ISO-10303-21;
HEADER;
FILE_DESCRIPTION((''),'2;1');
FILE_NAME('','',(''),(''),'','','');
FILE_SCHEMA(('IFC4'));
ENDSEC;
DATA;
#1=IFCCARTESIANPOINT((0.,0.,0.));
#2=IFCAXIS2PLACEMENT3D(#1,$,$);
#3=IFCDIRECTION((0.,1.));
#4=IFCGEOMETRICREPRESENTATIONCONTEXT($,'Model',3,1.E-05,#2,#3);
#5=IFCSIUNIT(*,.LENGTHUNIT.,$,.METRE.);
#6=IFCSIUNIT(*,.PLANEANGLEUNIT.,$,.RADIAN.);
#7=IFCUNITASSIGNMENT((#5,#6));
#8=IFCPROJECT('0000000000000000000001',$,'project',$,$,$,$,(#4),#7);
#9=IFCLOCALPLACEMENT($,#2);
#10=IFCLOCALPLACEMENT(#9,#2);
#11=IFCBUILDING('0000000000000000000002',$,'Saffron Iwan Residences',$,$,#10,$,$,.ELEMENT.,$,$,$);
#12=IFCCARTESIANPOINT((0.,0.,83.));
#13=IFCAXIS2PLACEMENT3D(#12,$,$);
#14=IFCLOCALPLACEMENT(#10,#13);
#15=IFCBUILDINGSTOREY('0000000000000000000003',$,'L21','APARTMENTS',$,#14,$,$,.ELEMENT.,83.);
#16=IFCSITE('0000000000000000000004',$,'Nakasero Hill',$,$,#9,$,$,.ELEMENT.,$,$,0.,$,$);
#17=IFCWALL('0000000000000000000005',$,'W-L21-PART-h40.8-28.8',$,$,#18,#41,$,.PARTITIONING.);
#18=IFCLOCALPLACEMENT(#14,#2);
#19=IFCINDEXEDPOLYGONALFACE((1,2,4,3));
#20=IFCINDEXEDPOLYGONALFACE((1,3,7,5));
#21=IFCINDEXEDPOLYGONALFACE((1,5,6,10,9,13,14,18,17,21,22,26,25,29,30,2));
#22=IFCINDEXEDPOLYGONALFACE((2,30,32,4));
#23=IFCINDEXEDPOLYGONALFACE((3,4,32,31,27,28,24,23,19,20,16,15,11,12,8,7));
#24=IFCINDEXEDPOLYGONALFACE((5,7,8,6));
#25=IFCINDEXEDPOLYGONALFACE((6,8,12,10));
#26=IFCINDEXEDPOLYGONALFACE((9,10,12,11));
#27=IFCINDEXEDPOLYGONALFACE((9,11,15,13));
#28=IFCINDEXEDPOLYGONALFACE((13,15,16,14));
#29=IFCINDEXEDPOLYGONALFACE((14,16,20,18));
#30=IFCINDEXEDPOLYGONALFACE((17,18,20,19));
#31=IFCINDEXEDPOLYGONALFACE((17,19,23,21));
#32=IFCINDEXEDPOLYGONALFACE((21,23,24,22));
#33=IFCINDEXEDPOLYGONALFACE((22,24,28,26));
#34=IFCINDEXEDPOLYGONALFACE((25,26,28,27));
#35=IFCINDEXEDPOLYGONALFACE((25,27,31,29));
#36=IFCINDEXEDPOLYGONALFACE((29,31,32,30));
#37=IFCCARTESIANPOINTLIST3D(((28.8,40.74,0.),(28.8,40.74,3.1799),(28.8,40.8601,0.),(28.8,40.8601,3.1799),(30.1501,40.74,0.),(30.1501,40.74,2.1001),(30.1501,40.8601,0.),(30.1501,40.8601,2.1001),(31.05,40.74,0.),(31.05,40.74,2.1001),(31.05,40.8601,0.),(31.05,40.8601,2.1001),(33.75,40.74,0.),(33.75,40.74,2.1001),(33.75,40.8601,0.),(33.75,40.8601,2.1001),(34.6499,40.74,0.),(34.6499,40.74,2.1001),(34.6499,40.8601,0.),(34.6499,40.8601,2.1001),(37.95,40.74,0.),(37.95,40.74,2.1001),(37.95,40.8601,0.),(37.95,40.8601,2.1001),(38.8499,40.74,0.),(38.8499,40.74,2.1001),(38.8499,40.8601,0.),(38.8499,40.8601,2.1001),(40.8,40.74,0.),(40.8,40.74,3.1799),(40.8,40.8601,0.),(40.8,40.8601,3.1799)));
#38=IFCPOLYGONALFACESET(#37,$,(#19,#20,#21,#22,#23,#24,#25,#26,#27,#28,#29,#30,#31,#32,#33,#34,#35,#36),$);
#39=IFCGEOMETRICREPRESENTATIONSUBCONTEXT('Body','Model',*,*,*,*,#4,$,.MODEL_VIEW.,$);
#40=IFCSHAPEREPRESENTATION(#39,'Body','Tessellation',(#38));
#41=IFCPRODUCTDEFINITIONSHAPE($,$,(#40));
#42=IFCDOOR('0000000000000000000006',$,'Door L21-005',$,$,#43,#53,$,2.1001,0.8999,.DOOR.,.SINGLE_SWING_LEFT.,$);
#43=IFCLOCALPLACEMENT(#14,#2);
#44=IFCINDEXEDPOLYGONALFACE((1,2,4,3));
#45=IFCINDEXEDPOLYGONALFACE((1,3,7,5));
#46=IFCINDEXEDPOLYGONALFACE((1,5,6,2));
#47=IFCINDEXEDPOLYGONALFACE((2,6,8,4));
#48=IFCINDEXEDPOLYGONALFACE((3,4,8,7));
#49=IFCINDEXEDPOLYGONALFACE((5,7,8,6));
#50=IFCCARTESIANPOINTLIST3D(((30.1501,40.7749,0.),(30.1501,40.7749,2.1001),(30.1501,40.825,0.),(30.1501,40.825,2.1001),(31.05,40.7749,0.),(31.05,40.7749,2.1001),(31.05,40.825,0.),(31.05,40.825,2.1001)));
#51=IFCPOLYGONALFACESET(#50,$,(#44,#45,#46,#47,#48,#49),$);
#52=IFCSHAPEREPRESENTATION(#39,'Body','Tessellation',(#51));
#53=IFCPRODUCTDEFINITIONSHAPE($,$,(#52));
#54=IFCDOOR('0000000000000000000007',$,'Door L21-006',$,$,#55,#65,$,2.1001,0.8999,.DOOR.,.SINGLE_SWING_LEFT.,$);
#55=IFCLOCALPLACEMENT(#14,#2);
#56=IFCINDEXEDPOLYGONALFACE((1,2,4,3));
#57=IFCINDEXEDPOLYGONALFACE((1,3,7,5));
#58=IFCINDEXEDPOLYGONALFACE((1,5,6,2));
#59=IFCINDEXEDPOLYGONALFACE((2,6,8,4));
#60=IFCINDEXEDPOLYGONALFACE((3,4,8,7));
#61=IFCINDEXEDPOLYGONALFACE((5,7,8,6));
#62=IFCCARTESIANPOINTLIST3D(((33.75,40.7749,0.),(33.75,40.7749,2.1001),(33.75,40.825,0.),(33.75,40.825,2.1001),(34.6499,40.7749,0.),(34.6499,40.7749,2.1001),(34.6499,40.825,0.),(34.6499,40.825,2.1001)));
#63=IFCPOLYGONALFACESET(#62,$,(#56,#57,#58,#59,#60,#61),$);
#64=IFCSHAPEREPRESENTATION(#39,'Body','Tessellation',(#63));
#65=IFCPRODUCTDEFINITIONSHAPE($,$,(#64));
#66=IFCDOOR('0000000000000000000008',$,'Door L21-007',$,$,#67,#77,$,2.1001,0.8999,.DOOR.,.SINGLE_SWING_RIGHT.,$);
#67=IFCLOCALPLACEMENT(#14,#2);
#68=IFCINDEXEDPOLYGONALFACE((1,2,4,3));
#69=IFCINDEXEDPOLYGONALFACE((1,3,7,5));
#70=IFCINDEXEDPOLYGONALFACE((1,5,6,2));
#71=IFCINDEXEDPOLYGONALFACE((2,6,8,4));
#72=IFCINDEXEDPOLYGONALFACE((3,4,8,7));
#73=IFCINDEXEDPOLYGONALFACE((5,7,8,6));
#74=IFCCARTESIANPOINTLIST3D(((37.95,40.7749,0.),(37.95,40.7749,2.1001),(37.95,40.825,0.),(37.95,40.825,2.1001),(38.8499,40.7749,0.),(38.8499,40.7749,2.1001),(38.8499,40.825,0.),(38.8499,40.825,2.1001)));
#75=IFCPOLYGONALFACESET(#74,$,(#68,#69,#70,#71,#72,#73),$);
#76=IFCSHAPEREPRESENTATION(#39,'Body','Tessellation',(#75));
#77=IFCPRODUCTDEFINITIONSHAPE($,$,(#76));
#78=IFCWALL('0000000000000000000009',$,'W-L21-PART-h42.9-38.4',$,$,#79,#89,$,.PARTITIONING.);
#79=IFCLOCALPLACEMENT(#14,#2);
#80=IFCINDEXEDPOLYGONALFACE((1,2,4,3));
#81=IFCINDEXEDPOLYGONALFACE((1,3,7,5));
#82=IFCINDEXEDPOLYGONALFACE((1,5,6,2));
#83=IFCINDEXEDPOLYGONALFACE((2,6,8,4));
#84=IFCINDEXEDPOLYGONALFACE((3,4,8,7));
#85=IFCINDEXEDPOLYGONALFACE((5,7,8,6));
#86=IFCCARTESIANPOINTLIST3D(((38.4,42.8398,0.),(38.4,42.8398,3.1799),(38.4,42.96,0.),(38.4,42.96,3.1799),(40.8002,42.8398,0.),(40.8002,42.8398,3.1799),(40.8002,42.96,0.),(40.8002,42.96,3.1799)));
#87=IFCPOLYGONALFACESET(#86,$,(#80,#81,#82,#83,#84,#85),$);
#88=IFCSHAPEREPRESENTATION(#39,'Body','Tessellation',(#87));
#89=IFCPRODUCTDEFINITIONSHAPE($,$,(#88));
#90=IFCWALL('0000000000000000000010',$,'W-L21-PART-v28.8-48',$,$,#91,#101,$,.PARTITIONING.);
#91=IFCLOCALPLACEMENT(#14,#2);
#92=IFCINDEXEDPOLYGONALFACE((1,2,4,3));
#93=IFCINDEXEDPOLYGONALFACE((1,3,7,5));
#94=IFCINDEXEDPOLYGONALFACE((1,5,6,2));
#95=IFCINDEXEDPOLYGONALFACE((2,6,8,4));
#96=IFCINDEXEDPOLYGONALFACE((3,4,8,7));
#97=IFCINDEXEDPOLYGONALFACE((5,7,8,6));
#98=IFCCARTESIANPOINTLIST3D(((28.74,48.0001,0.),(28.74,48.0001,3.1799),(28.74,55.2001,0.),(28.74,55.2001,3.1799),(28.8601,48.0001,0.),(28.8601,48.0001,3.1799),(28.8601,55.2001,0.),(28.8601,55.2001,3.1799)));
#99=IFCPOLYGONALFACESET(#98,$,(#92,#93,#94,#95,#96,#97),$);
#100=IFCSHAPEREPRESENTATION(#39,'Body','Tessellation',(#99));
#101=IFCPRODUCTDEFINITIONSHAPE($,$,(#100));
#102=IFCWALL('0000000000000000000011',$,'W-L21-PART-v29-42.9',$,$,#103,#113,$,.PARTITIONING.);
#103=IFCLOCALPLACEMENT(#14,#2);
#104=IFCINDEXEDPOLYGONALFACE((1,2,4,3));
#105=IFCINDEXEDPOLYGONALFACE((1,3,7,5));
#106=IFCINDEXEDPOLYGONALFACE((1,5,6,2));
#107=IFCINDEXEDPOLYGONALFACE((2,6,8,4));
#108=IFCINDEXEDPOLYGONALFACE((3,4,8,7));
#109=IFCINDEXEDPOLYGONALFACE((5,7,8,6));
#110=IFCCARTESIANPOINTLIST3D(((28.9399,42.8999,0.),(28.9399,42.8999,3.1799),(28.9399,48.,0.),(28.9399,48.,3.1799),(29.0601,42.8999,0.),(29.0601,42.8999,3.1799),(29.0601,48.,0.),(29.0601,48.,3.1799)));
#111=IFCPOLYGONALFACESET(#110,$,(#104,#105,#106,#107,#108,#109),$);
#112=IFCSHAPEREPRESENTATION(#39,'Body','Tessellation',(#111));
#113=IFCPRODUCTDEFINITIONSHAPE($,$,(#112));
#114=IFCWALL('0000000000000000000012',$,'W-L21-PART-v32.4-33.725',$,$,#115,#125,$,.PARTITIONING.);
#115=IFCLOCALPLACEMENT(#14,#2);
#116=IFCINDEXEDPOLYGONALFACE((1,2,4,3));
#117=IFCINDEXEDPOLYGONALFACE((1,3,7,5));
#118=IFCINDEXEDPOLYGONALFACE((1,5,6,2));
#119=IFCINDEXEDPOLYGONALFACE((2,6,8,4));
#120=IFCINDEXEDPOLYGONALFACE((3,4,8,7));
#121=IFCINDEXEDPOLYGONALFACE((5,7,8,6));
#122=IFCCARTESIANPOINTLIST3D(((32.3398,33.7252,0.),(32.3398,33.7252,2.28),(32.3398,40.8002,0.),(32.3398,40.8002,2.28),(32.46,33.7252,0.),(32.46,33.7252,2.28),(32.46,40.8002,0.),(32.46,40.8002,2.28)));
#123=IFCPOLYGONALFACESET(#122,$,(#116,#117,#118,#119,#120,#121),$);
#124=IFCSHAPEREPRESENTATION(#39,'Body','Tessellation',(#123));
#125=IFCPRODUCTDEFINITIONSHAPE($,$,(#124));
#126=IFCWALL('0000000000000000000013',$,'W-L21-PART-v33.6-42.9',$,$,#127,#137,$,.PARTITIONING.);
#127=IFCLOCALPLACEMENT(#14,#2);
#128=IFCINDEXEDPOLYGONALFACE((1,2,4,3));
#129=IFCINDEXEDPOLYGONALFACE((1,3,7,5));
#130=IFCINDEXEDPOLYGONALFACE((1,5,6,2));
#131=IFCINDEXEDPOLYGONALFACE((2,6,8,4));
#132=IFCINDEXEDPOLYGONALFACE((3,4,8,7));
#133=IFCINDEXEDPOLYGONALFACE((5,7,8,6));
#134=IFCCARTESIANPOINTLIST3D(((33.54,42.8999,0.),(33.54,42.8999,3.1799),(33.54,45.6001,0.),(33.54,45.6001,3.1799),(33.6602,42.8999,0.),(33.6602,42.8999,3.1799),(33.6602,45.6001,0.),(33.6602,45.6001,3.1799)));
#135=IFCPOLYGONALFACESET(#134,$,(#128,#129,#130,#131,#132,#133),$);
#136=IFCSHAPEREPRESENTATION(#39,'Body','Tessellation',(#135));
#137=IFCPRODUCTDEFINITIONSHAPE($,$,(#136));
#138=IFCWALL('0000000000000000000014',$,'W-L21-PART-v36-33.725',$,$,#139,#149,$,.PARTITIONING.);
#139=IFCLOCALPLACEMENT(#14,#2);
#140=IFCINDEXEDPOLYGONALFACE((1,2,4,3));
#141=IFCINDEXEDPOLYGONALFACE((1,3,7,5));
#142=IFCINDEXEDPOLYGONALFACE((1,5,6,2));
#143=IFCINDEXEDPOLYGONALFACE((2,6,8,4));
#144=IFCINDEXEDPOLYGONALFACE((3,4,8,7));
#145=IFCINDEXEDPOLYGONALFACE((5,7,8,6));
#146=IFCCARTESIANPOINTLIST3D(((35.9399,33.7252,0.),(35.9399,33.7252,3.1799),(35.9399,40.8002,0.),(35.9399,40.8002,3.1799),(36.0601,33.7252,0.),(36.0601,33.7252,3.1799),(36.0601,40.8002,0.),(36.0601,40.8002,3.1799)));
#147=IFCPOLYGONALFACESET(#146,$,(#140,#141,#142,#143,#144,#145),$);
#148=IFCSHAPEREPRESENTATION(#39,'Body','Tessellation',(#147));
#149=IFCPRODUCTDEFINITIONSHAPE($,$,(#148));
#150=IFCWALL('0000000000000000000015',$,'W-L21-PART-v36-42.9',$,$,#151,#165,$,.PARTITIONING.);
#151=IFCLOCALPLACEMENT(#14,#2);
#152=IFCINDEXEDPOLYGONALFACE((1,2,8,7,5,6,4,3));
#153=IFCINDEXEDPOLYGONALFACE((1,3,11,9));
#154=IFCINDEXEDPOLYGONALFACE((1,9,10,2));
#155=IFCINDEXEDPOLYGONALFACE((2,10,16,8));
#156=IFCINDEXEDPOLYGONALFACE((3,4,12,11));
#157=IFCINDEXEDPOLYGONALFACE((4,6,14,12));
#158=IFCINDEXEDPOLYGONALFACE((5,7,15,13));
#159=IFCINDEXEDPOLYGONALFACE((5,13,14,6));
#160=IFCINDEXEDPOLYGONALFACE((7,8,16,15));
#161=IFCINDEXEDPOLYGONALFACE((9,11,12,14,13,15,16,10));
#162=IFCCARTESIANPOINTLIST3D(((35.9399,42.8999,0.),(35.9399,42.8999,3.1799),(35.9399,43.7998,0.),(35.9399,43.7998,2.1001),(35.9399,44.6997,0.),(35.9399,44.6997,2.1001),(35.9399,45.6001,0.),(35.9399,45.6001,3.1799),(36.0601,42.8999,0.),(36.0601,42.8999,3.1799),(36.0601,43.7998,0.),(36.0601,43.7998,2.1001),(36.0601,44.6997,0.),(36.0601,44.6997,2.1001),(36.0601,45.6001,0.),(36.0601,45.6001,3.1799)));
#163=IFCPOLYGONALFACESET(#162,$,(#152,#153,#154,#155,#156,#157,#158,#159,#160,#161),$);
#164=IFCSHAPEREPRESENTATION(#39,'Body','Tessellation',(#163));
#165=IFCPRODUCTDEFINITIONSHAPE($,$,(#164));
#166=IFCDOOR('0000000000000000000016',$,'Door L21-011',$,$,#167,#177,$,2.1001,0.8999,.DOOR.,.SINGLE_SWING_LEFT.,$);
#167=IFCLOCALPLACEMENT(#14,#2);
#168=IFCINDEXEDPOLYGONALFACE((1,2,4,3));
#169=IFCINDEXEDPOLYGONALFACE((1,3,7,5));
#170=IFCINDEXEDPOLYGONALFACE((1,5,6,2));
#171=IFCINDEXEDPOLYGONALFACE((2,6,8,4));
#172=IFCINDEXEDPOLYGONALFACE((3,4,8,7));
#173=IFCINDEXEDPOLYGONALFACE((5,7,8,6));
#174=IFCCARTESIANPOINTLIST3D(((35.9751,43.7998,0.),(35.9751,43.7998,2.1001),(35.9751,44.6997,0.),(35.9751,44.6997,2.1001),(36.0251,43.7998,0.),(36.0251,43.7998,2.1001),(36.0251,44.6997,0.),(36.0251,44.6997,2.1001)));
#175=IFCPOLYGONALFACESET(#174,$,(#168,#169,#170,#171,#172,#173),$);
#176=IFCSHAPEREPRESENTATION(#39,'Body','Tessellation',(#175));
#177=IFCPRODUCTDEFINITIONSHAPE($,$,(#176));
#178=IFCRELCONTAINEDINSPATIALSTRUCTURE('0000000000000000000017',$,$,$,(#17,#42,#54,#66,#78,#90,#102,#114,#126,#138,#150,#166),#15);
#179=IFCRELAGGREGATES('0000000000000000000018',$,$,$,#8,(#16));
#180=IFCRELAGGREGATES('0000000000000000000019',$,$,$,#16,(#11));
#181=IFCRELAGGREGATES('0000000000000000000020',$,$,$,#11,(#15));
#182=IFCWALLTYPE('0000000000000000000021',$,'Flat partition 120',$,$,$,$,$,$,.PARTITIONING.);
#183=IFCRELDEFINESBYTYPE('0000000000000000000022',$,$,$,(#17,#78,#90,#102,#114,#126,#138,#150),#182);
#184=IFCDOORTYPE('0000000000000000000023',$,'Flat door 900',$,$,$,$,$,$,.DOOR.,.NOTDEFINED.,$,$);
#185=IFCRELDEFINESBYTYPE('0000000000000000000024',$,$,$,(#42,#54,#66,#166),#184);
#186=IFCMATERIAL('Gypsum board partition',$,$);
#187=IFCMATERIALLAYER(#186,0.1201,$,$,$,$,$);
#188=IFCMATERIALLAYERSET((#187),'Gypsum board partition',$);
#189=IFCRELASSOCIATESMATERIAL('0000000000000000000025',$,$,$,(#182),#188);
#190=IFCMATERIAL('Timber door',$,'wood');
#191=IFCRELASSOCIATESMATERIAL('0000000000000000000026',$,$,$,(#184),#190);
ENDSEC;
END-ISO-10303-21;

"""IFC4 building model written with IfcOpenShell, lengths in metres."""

from ifc_helpers import new_model, si_unit, direction, frame, frame_2d, origin, place, context, subcontext, project, spatial, rectangle, extrude, material, layer, layer_set, type_object, element, fill, save


model = new_model("IFC4")

# Units and contexts
model_context = context("Model", 3, precision=1e-05, world=origin(), true_north=direction((0.0, 1.0)))
body_context = subcontext(model_context, "Body", "Model", "MODEL_VIEW")
ifc_project = project(units=[si_unit("LENGTHUNIT", "METRE"), si_unit("PLANEANGLEUNIT", "RADIAN")], contexts=[model_context])

# Site, building, storey
site_placement = place(None, origin())
site = spatial("IfcSite", under=ifc_project, at=site_placement, Name="Nakasero Hill", CompositionType="ELEMENT", RefElevation=0.0)
building_placement = place(site_placement, origin())
building = spatial("IfcBuilding", under=site, at=building_placement, Name="Saffron Iwan Residences", CompositionType="ELEMENT")
storey_placement = place(building_placement, frame((0.0, 0.0, 83.0)))
storey = spatial("IfcBuildingStorey", under=building, at=storey_placement, Name="L21", Description="APARTMENTS", CompositionType="ELEMENT", Elevation=83.0)

# Wall, openings, doors
ifc_material_1 = material(Name="Gypsum board partition")
ifc_layer_1 = layer(ifc_material_1, 0.1201)
ifc_layer_set_1 = layer_set([ifc_layer_1], Name="Gypsum board partition")
wall_type_1 = type_object("IfcWallType", Name="Flat partition 120", PredefinedType="PARTITIONING", material=ifc_layer_set_1)
wall_1_placement = place(storey_placement, frame((28.8, 40.8, 0.0), z_axis=(0.0, 0.0, 1.0), x_axis=(1.0, 0.0, 0.0)))
wall_1 = element("IfcWall", 1, at=wall_1_placement, inside=storey, type_object=wall_type_1, Name="W-L21-PART-h40.8-28.8", PredefinedType="PARTITIONING", context=body_context, shape_type="SweptSolid", body=[
    extrude(rectangle(XDim=12.0, YDim=0.1201, at=frame_2d((6.0, 0.0))), origin(), (0.0, 0.0, 1.0), 3.1799),
])
opening_1_placement = place(wall_1_placement, frame((1.3501, 0.0, 0.0)))
opening_1 = element("IfcOpeningElement", 2, at=opening_1_placement, cuts=wall_1, PredefinedType="OPENING", context=body_context, shape_type="SweptSolid", body=[
    extrude(rectangle(XDim=0.8999, YDim=2.1001, at=frame_2d((0.45, 1.05))), frame((0.0, 0.0701, 0.0), z_axis=(0.0, -1.0, 0.0), x_axis=(1.0, 0.0, 0.0)), (0.0, 0.0, 1.0), 0.1401),
])
opening_2_placement = place(wall_1_placement, frame((4.95, 0.0, 0.0)))
opening_2 = element("IfcOpeningElement", 3, at=opening_2_placement, cuts=wall_1, PredefinedType="OPENING", context=body_context, shape_type="SweptSolid", body=[
    extrude(rectangle(XDim=0.8999, YDim=2.1001, at=frame_2d((0.45, 1.05))), frame((0.0, 0.0701, 0.0), z_axis=(0.0, -1.0, 0.0), x_axis=(1.0, 0.0, 0.0)), (0.0, 0.0, 1.0), 0.1401),
])
opening_3_placement = place(wall_1_placement, frame((9.1499, 0.0, 0.0)))
opening_3 = element("IfcOpeningElement", 4, at=opening_3_placement, cuts=wall_1, PredefinedType="OPENING", context=body_context, shape_type="SweptSolid", body=[
    extrude(rectangle(XDim=0.8999, YDim=2.1001, at=frame_2d((0.45, 1.05))), frame((0.0, 0.0701, 0.0), z_axis=(0.0, -1.0, 0.0), x_axis=(1.0, 0.0, 0.0)), (0.0, 0.0, 1.0), 0.1401),
])
ifc_material_2 = material(Name="Timber door", Category="wood")
door_type_1 = type_object("IfcDoorType", Name="Flat door 900", OperationType="NOTDEFINED", PredefinedType="DOOR", material=ifc_material_2)
door_1_placement = place(opening_1_placement, origin())
door_1 = element("IfcDoor", 5, at=door_1_placement, inside=storey, type_object=door_type_1, Name="Door L21-005", OperationType="SINGLE_SWING_LEFT", OverallHeight=2.1001, OverallWidth=0.8999, PredefinedType="DOOR", context=body_context, shape_type="SweptSolid", body=[
    extrude(rectangle(XDim=0.8999, YDim=2.1001, at=frame_2d((0.45, 1.05))), frame((0.0, 0.0249, 0.0), z_axis=(0.0, -1.0, 0.0), x_axis=(1.0, 0.0, 0.0)), (0.0, 0.0, 1.0), 0.05),
])
fill(opening_1, door_1)
door_2_placement = place(opening_2_placement, origin())
door_2 = element("IfcDoor", 6, at=door_2_placement, inside=storey, type_object=door_type_1, Name="Door L21-006", OperationType="SINGLE_SWING_LEFT", OverallHeight=2.1001, OverallWidth=0.8999, PredefinedType="DOOR", context=body_context, shape_type="SweptSolid", body=[
    extrude(rectangle(XDim=0.8999, YDim=2.1001, at=frame_2d((0.45, 1.05))), frame((0.0, 0.0249, 0.0), z_axis=(0.0, -1.0, 0.0), x_axis=(1.0, 0.0, 0.0)), (0.0, 0.0, 1.0), 0.05),
])
fill(opening_2, door_2)
door_3_placement = place(opening_3_placement, origin())
door_3 = element("IfcDoor", 7, at=door_3_placement, inside=storey, type_object=door_type_1, Name="Door L21-007", OperationType="SINGLE_SWING_RIGHT", OverallHeight=2.1001, OverallWidth=0.8999, PredefinedType="DOOR", context=body_context, shape_type="SweptSolid", body=[
    extrude(rectangle(XDim=0.8999, YDim=2.1001, at=frame_2d((0.45, 1.05))), frame((0.0, 0.0249, 0.0), z_axis=(0.0, -1.0, 0.0), x_axis=(1.0, 0.0, 0.0)), (0.0, 0.0, 1.0), 0.05),
])
fill(opening_3, door_3)

# Walls
wall_2_placement = place(storey_placement, frame((38.3999, 42.8999, 0.0), z_axis=(0.0, 0.0, 1.0), x_axis=(1.0, 0.0, 0.0)))
element("IfcWall", 8, at=wall_2_placement, inside=storey, type_object=wall_type_1, Name="W-L21-PART-h42.9-38.4", PredefinedType="PARTITIONING", context=body_context, shape_type="SweptSolid", body=[
    extrude(rectangle(XDim=2.4001, YDim=0.1201, at=frame_2d((1.2002, 0.0))), origin(), (0.0, 0.0, 1.0), 3.1799),
])
wall_3_placement = place(storey_placement, frame((28.8, 48.0, 0.0), z_axis=(0.0, 0.0, 1.0), x_axis=(0.0, 1.0, 0.0)))
element("IfcWall", 9, at=wall_3_placement, inside=storey, type_object=wall_type_1, Name="W-L21-PART-v28.8-48", PredefinedType="PARTITIONING", context=body_context, shape_type="SweptSolid", body=[
    extrude(rectangle(XDim=7.2, YDim=0.1201, at=frame_2d((3.6001, 0.0))), origin(), (0.0, 0.0, 1.0), 3.1799),
])
wall_4_placement = place(storey_placement, frame((29.0, 42.8999, 0.0), z_axis=(0.0, 0.0, 1.0), x_axis=(0.0, 1.0, 0.0)))
element("IfcWall", 10, at=wall_4_placement, inside=storey, type_object=wall_type_1, Name="W-L21-PART-v29-42.9", PredefinedType="PARTITIONING", context=body_context, shape_type="SweptSolid", body=[
    extrude(rectangle(XDim=5.1001, YDim=0.1201, at=frame_2d((2.55, 0.0))), origin(), (0.0, 0.0, 1.0), 3.1799),
])
wall_5_placement = place(storey_placement, frame((32.3999, 33.7251, 0.0), z_axis=(0.0, 0.0, 1.0), x_axis=(0.0, 1.0, 0.0)))
element("IfcWall", 11, at=wall_5_placement, inside=storey, type_object=wall_type_1, Name="W-L21-PART-v32.4-33.725", PredefinedType="PARTITIONING", context=body_context, shape_type="SweptSolid", body=[
    extrude(rectangle(XDim=7.075, YDim=0.1201, at=frame_2d((3.5376, 0.0))), origin(), (0.0, 0.0, 1.0), 2.28),
])
wall_6_placement = place(storey_placement, frame((33.6001, 42.8999, 0.0), z_axis=(0.0, 0.0, 1.0), x_axis=(0.0, 1.0, 0.0)))
element("IfcWall", 12, at=wall_6_placement, inside=storey, type_object=wall_type_1, Name="W-L21-PART-v33.6-42.9", PredefinedType="PARTITIONING", context=body_context, shape_type="SweptSolid", body=[
    extrude(rectangle(XDim=2.7002, YDim=0.1201, at=frame_2d((1.3501, 0.0))), origin(), (0.0, 0.0, 1.0), 3.1799),
])
wall_7_placement = place(storey_placement, frame((36.0, 33.7251, 0.0), z_axis=(0.0, 0.0, 1.0), x_axis=(0.0, 1.0, 0.0)))
element("IfcWall", 13, at=wall_7_placement, inside=storey, type_object=wall_type_1, Name="W-L21-PART-v36-33.725", PredefinedType="PARTITIONING", context=body_context, shape_type="SweptSolid", body=[
    extrude(rectangle(XDim=7.075, YDim=0.1201, at=frame_2d((3.5376, 0.0))), origin(), (0.0, 0.0, 1.0), 3.1799),
])

# Wall, opening, door
wall_8_placement = place(storey_placement, frame((36.0, 42.8999, 0.0), z_axis=(0.0, 0.0, 1.0), x_axis=(0.0, 1.0, 0.0)))
wall_8 = element("IfcWall", 14, at=wall_8_placement, inside=storey, type_object=wall_type_1, Name="W-L21-PART-v36-42.9", PredefinedType="PARTITIONING", context=body_context, shape_type="SweptSolid", body=[
    extrude(rectangle(XDim=2.7002, YDim=0.1201, at=frame_2d((1.3501, 0.0))), origin(), (0.0, 0.0, 1.0), 3.1799),
])
opening_4_placement = place(wall_8_placement, frame((0.8999, 0.0, 0.0)))
opening_4 = element("IfcOpeningElement", 15, at=opening_4_placement, cuts=wall_8, PredefinedType="OPENING", context=body_context, shape_type="SweptSolid", body=[
    extrude(rectangle(XDim=0.8999, YDim=2.1001, at=frame_2d((0.45, 1.05))), frame((0.0, 0.0701, 0.0), z_axis=(0.0, -1.0, 0.0), x_axis=(1.0, 0.0, 0.0)), (0.0, 0.0, 1.0), 0.1401),
])
door_4_placement = place(opening_4_placement, origin())
door_4 = element("IfcDoor", 16, at=door_4_placement, inside=storey, type_object=door_type_1, Name="Door L21-011", OperationType="SINGLE_SWING_LEFT", OverallHeight=2.1001, OverallWidth=0.8999, PredefinedType="DOOR", context=body_context, shape_type="SweptSolid", body=[
    extrude(rectangle(XDim=0.8999, YDim=2.1001, at=frame_2d((0.45, 1.05))), frame((0.0, 0.0249, 0.0), z_axis=(0.0, -1.0, 0.0), x_axis=(1.0, 0.0, 0.0)), (0.0, 0.0, 1.0), 0.05),
])
fill(opening_4, door_4)

save(model, "model.ifc")
